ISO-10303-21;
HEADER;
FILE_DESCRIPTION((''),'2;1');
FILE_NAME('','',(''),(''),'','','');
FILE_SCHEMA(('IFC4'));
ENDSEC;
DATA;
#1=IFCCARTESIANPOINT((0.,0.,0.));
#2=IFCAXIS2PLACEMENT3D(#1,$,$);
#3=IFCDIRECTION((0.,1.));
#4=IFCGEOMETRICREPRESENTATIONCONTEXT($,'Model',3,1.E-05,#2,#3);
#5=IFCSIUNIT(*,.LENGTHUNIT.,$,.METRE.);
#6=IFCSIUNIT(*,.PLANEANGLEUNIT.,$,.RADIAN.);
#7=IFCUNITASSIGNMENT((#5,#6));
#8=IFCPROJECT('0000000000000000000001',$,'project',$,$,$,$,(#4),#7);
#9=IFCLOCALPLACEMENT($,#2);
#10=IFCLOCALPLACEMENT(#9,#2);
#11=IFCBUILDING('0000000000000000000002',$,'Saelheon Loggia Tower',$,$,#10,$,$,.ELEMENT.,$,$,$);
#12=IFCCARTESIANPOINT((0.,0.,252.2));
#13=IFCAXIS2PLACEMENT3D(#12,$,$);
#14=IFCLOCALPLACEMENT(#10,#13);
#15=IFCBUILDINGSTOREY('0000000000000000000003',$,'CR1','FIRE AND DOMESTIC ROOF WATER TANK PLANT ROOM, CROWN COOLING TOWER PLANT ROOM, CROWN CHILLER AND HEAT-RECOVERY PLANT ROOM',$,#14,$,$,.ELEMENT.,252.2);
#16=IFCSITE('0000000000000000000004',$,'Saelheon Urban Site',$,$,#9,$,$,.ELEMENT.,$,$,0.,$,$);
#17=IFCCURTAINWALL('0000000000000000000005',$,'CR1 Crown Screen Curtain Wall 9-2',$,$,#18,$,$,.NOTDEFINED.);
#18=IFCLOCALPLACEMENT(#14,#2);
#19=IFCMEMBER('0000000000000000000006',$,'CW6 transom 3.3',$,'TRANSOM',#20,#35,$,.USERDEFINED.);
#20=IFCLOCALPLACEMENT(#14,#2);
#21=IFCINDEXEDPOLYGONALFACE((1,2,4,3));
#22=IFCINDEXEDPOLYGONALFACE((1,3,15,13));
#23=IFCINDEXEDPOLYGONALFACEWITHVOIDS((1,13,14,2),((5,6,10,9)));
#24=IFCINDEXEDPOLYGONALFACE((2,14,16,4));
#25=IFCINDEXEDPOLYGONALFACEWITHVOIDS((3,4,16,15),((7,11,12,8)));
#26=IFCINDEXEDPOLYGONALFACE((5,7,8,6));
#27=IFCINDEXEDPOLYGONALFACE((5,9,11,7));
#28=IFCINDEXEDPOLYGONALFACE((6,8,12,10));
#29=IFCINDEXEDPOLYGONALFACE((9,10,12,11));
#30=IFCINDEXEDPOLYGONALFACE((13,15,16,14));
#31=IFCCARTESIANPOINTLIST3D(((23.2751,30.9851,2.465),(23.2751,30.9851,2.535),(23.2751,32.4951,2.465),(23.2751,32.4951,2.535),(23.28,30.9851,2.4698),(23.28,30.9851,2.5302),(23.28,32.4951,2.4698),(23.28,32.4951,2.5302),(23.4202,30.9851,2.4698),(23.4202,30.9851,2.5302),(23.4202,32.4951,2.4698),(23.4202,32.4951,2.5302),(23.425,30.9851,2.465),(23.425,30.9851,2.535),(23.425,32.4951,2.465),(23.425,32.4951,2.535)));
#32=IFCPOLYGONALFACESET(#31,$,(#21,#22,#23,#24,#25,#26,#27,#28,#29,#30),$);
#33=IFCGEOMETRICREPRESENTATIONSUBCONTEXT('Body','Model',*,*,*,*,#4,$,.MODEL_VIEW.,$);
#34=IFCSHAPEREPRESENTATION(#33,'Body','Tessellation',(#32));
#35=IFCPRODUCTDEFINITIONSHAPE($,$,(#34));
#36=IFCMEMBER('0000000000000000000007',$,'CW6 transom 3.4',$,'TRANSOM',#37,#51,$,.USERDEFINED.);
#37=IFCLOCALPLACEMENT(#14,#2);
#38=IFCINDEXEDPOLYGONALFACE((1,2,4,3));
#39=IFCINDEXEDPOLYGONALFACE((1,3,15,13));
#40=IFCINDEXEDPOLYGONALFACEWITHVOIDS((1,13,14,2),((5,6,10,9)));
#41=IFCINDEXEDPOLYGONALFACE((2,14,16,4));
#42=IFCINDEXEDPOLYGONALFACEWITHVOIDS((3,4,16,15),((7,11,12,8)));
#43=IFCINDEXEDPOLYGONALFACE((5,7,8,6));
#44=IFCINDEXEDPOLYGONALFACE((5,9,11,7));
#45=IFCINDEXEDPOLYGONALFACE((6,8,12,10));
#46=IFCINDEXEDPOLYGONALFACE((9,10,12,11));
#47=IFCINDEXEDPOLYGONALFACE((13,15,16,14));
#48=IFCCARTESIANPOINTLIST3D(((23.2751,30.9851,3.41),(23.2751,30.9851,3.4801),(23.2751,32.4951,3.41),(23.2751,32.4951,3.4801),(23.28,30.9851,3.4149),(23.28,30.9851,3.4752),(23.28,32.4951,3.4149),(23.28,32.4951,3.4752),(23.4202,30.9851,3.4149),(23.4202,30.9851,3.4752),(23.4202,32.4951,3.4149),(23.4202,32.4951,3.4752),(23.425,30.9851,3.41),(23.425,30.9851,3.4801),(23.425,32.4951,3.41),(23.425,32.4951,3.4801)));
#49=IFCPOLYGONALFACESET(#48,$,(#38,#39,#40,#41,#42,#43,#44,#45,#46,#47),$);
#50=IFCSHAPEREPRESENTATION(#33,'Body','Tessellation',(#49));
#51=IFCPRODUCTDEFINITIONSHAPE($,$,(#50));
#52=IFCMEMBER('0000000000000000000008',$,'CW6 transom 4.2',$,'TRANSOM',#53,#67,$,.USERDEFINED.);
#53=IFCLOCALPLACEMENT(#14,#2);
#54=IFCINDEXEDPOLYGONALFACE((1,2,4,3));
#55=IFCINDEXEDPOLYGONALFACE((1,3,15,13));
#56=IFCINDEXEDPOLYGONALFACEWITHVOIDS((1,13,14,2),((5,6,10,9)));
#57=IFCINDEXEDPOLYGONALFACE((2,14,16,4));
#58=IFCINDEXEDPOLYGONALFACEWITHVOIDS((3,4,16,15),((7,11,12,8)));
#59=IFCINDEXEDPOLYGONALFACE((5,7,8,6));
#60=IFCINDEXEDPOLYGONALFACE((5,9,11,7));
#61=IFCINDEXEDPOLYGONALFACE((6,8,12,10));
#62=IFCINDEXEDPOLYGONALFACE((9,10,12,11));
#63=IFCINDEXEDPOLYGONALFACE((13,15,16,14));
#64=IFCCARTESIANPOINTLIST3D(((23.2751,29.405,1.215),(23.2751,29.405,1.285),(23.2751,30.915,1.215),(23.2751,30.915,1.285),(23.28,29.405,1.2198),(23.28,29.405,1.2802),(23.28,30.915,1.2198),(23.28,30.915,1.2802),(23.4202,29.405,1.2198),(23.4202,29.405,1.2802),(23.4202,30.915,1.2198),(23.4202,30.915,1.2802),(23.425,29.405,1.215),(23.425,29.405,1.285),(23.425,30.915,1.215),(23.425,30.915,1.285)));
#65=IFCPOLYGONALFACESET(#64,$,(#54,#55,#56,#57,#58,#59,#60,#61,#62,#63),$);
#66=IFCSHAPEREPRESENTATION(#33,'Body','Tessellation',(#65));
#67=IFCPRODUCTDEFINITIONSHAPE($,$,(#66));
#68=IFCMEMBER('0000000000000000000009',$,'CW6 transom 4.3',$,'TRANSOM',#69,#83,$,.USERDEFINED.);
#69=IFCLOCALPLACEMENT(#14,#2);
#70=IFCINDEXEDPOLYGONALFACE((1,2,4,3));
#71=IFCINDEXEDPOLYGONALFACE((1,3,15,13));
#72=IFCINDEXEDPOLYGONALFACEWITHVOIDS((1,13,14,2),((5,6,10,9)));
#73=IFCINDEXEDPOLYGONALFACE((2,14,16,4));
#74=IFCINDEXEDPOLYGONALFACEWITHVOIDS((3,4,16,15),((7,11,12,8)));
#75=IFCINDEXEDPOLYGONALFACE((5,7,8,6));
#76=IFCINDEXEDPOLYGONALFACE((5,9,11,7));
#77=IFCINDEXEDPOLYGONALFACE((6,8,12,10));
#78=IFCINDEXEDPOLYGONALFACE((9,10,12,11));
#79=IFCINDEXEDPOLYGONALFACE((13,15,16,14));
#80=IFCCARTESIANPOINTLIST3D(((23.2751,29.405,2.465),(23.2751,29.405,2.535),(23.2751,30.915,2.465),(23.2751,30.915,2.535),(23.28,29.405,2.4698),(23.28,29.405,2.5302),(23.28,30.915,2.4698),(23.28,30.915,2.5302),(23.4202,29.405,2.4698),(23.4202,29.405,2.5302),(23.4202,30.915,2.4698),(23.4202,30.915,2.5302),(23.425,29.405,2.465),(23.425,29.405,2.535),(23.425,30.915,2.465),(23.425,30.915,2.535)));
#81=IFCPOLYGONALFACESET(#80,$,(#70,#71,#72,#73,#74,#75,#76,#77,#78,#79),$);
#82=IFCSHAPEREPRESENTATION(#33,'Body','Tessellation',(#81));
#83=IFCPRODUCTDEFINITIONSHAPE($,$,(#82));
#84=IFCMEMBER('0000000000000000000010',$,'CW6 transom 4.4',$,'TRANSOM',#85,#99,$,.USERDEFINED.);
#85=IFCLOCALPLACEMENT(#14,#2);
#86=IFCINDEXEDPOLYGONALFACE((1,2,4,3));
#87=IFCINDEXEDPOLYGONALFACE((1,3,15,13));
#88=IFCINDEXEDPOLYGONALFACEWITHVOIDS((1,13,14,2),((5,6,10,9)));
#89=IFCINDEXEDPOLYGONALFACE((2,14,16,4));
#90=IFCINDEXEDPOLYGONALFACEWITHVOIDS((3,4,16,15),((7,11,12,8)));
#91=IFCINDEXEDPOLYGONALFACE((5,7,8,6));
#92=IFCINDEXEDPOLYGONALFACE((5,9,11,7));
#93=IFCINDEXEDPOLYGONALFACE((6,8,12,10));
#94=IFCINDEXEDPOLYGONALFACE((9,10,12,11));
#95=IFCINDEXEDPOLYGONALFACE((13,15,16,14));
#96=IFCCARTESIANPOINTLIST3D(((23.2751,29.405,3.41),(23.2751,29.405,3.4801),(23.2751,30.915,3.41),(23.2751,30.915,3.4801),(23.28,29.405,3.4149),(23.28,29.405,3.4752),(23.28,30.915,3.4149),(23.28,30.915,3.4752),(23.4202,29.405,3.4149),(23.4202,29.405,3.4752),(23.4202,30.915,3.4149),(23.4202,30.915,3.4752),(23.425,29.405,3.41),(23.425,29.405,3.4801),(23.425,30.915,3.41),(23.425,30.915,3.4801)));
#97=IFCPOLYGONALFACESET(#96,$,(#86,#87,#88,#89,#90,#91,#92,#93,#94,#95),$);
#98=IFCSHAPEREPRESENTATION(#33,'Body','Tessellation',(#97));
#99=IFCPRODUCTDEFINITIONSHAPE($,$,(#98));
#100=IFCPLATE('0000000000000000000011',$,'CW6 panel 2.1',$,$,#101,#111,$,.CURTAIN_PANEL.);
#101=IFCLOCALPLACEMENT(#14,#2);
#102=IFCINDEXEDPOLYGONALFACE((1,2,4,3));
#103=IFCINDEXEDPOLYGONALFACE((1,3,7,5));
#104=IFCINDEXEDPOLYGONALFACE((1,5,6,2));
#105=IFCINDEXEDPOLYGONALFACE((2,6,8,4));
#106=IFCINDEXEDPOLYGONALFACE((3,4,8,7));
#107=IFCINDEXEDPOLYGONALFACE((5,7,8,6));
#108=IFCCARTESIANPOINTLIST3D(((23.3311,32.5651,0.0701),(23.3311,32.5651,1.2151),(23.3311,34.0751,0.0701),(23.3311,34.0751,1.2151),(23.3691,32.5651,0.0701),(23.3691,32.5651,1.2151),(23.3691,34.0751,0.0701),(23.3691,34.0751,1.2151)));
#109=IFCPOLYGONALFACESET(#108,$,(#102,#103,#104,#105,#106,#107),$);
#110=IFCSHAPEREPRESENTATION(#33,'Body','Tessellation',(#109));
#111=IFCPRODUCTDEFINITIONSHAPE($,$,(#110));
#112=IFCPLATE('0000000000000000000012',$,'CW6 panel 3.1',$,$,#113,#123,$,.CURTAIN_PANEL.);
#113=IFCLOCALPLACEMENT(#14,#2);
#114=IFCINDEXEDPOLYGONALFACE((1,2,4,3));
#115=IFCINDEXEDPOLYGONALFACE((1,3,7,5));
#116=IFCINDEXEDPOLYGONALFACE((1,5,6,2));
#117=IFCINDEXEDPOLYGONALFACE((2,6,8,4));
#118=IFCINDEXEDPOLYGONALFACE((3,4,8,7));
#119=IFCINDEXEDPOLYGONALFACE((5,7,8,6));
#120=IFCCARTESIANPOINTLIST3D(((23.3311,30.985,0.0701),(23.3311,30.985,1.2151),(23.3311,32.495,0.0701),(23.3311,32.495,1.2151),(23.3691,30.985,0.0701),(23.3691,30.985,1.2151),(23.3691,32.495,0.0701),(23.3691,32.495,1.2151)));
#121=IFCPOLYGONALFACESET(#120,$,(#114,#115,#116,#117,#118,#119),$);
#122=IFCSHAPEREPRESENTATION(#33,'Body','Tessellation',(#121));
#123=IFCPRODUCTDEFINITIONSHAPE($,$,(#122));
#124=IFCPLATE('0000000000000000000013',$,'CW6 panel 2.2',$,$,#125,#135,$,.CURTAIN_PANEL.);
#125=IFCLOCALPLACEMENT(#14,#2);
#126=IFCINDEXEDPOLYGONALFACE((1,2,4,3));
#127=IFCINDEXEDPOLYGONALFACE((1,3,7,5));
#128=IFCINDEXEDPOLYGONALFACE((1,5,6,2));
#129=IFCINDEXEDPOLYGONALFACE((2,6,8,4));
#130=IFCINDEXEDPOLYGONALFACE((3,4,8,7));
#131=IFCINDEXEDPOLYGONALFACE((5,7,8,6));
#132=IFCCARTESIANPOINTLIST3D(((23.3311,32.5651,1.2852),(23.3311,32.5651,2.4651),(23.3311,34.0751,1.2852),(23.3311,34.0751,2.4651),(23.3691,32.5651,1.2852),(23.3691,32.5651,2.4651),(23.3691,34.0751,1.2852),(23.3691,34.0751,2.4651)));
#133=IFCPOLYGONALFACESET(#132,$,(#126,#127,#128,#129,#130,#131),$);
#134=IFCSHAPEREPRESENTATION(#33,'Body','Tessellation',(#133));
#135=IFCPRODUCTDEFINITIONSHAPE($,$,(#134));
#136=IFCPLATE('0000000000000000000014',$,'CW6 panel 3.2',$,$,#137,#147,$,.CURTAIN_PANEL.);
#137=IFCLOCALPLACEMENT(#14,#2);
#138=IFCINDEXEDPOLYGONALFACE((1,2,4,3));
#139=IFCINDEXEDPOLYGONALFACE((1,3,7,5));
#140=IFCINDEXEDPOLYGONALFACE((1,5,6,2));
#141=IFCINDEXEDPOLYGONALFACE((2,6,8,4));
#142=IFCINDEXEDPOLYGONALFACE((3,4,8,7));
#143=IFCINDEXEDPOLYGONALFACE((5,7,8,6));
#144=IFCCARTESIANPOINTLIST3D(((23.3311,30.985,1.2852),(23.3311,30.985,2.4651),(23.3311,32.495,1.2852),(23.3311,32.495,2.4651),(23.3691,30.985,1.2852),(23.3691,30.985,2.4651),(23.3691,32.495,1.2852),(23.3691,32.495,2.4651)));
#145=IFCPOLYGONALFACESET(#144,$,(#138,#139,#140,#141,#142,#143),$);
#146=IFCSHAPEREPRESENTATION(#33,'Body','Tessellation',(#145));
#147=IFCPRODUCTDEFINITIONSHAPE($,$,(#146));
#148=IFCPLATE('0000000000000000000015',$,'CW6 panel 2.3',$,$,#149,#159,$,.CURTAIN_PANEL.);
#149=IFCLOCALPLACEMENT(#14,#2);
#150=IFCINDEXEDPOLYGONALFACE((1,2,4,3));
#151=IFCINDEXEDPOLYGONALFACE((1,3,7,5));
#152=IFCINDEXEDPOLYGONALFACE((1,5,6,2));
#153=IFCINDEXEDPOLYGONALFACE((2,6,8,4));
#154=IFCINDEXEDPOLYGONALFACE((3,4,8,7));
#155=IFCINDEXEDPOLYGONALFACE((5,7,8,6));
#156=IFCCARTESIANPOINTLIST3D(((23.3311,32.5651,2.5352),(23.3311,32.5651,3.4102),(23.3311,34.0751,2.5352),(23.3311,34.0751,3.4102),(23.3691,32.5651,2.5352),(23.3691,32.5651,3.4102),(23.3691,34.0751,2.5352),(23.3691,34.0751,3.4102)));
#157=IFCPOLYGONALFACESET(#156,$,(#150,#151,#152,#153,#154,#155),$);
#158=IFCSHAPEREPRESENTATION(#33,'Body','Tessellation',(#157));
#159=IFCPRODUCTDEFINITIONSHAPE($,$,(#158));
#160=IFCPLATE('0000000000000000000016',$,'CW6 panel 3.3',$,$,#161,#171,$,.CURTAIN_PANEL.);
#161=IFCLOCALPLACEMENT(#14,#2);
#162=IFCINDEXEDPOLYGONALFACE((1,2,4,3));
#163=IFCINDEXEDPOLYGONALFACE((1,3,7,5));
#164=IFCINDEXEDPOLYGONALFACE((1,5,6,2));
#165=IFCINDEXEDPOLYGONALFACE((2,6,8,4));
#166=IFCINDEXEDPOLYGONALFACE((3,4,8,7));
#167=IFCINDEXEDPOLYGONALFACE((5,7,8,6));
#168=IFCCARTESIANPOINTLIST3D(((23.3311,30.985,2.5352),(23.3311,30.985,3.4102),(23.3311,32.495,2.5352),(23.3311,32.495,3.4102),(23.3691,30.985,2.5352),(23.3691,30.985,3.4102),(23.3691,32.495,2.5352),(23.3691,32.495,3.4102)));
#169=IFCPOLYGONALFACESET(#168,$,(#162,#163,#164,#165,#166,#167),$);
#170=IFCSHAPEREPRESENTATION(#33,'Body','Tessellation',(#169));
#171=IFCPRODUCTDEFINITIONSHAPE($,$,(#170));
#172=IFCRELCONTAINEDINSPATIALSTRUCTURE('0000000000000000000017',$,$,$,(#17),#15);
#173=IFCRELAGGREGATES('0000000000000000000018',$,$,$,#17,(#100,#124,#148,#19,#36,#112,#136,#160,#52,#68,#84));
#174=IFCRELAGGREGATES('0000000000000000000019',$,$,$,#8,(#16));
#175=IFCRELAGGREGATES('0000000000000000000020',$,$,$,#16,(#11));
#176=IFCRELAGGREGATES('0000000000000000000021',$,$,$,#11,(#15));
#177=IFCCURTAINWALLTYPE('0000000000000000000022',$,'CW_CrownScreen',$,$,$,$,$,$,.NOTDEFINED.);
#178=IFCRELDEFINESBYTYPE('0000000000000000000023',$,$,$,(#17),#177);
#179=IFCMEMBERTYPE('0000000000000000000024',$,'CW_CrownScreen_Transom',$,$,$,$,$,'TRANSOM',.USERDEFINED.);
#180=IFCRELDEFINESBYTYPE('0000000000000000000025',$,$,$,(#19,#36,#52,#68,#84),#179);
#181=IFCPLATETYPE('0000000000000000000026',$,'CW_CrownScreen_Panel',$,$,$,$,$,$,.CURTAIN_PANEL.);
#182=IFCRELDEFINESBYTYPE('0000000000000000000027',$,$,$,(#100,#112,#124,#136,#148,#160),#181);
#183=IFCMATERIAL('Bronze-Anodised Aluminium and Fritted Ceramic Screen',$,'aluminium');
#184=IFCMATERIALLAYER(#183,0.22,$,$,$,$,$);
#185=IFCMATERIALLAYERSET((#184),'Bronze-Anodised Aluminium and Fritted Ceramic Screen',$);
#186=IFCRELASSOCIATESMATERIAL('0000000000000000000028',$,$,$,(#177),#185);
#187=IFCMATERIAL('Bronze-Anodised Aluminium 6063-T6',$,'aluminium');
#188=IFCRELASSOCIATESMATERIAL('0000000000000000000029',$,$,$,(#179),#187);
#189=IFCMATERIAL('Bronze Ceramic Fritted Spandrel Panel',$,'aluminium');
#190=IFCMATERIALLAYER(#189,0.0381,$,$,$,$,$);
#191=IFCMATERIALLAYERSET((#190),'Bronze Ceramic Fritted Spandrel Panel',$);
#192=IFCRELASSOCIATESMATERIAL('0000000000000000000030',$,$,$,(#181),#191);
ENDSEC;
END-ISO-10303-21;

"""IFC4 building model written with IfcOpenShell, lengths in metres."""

from ifc_helpers import new_model, si_unit, direction, frame, origin, origin_2d, place, context, subcontext, project, spatial, rectangle, hollow_rectangle, extrude, source, transform, mapped, material, layer, layer_set, material_profile, profile_set, type_object, element, aggregate, save


model = new_model("IFC4")

# Units and contexts
model_context = context("Model", 3, precision=1e-05, world=origin(), true_north=direction((0.0, 1.0)))
body_context = subcontext(model_context, "Body", "Model", "MODEL_VIEW")
ifc_project = project(units=[si_unit("LENGTHUNIT", "METRE"), si_unit("PLANEANGLEUNIT", "RADIAN")], contexts=[model_context])

# Site, building, storey
site_placement = place(None, origin())
site = spatial("IfcSite", under=ifc_project, at=site_placement, Name="Saelheon Urban Site", CompositionType="ELEMENT", RefElevation=0.0)
building_placement = place(site_placement, origin())
building = spatial("IfcBuilding", under=site, at=building_placement, Name="Saelheon Loggia Tower", CompositionType="ELEMENT")
storey_placement = place(building_placement, frame((0.0, 0.0, 252.2)))
storey = spatial("IfcBuildingStorey", under=building, at=storey_placement, Name="CR1", Description="FIRE AND DOMESTIC ROOF WATER TANK PLANT ROOM, CROWN COOLING TOWER PLANT ROOM, CROWN CHILLER AND HEAT-RECOVERY PLANT ROOM", CompositionType="ELEMENT", Elevation=252.2)

# Curtain wall, members, plates
ifc_material_1 = material(Name="Bronze-Anodised Aluminium and Fritted Ceramic Screen", Category="aluminium")
ifc_layer_1 = layer(ifc_material_1, 0.22)
ifc_layer_set_1 = layer_set([ifc_layer_1], Name="Bronze-Anodised Aluminium and Fritted Ceramic Screen")
curtain_wall_type = type_object("IfcCurtainWallType", Name="CW_CrownScreen", PredefinedType="NOTDEFINED", material=ifc_layer_set_1)
curtain_wall_placement = place(storey_placement, origin())
curtain_wall = element("IfcCurtainWall", 1, at=curtain_wall_placement, inside=storey, type_object=curtain_wall_type, Name="CR1 Crown Screen Curtain Wall 9-2", PredefinedType="NOTDEFINED")
ifc_material_2 = material(Name="Bronze-Anodised Aluminium 6063-T6", Category="aluminium")
ifc_material_profile_1 = material_profile(ifc_material_2, hollow_rectangle(XDim=0.0701, YDim=0.1499, WallThickness=0.0049, at=origin_2d()), Name="RHS-150x70x5")
ifc_profile_set_1 = profile_set([ifc_material_profile_1], Name="Bronze-Anodised Aluminium 6063-T6")
member_type_1 = type_object("IfcMemberType", Name="CW_CrownScreen_Transom", ElementType="TRANSOM", PredefinedType="USERDEFINED", material=ifc_profile_set_1)
shared_shape_1 = source(origin(), body_context, "Body", "SweptSolid", [
    extrude(hollow_rectangle(XDim=0.0701, YDim=0.1499, WallThickness=0.0049, at=origin_2d()), origin(), (0.0, 0.0, 1.0), 1.51),
])
member_1_placement = place(storey_placement, frame((23.3501, 32.4951, 2.5), z_axis=(0.0, -1.0, 0.0), x_axis=(0.0, 0.0, 1.0)))
member_1 = element("IfcMember", 2, at=member_1_placement, type_object=member_type_1, Name="CW6 transom 3.3", ObjectType="TRANSOM", PredefinedType="USERDEFINED", context=body_context, shape_type="MappedRepresentation", body=[
    mapped(shared_shape_1, transform((0.0, 0.0, 0.0), scale=1.0)),
])
member_2_placement = place(storey_placement, frame((23.3501, 32.4951, 3.4451), z_axis=(0.0, -1.0, 0.0), x_axis=(0.0, 0.0, 1.0)))
member_2 = element("IfcMember", 3, at=member_2_placement, type_object=member_type_1, Name="CW6 transom 3.4", ObjectType="TRANSOM", PredefinedType="USERDEFINED", context=body_context, shape_type="MappedRepresentation", body=[
    mapped(shared_shape_1, transform((0.0, 0.0, 0.0), scale=1.0)),
])
member_3_placement = place(storey_placement, frame((23.3501, 30.915, 1.25), z_axis=(0.0, -1.0, 0.0), x_axis=(0.0, 0.0, 1.0)))
member_3 = element("IfcMember", 4, at=member_3_placement, type_object=member_type_1, Name="CW6 transom 4.2", ObjectType="TRANSOM", PredefinedType="USERDEFINED", context=body_context, shape_type="MappedRepresentation", body=[
    mapped(shared_shape_1, transform((0.0, 0.0, 0.0), scale=1.0)),
])
member_4_placement = place(storey_placement, frame((23.3501, 30.915, 2.5), z_axis=(0.0, -1.0, 0.0), x_axis=(0.0, 0.0, 1.0)))
member_4 = element("IfcMember", 5, at=member_4_placement, type_object=member_type_1, Name="CW6 transom 4.3", ObjectType="TRANSOM", PredefinedType="USERDEFINED", context=body_context, shape_type="MappedRepresentation", body=[
    mapped(shared_shape_1, transform((0.0, 0.0, 0.0), scale=1.0)),
])
member_5_placement = place(storey_placement, frame((23.3501, 30.915, 3.4451), z_axis=(0.0, -1.0, 0.0), x_axis=(0.0, 0.0, 1.0)))
member_5 = element("IfcMember", 6, at=member_5_placement, type_object=member_type_1, Name="CW6 transom 4.4", ObjectType="TRANSOM", PredefinedType="USERDEFINED", context=body_context, shape_type="MappedRepresentation", body=[
    mapped(shared_shape_1, transform((0.0, 0.0, 0.0), scale=1.0)),
])
ifc_material_3 = material(Name="Bronze Ceramic Fritted Spandrel Panel", Category="aluminium")
ifc_layer_2 = layer(ifc_material_3, 0.0381)
ifc_layer_set_2 = layer_set([ifc_layer_2], Name="Bronze Ceramic Fritted Spandrel Panel")
plate_type = type_object("IfcPlateType", Name="CW_CrownScreen_Panel", PredefinedType="CURTAIN_PANEL", material=ifc_layer_set_2)
shared_shape_2 = source(origin(), body_context, "Body", "SweptSolid", [
    extrude(rectangle(XDim=1.51, YDim=0.0381, at=origin_2d()), origin(), (0.0, 0.0, 1.0), 1.145),
])
plate_1_placement = place(storey_placement, frame((23.3501, 33.3201, 0.0701), z_axis=(0.0, 0.0, 1.0), x_axis=(0.0, -1.0, 0.0)))
plate_1 = element("IfcPlate", 7, at=plate_1_placement, type_object=plate_type, Name="CW6 panel 2.1", PredefinedType="CURTAIN_PANEL", context=body_context, shape_type="MappedRepresentation", body=[
    mapped(shared_shape_2, transform((0.0, 0.0, 0.0), scale=1.0)),
])
plate_2_placement = place(storey_placement, frame((23.3501, 31.74, 0.0701), z_axis=(0.0, 0.0, 1.0), x_axis=(0.0, -1.0, 0.0)))
plate_2 = element("IfcPlate", 8, at=plate_2_placement, type_object=plate_type, Name="CW6 panel 3.1", PredefinedType="CURTAIN_PANEL", context=body_context, shape_type="MappedRepresentation", body=[
    mapped(shared_shape_2, transform((0.0, 0.0, 0.0), scale=1.0)),
])
shared_shape_3 = source(origin(), body_context, "Body", "SweptSolid", [
    extrude(rectangle(XDim=1.51, YDim=0.0381, at=origin_2d()), origin(), (0.0, 0.0, 1.0), 1.1799),
])
plate_3_placement = place(storey_placement, frame((23.3501, 33.3201, 1.2852), z_axis=(0.0, 0.0, 1.0), x_axis=(0.0, -1.0, 0.0)))
plate_3 = element("IfcPlate", 9, at=plate_3_placement, type_object=plate_type, Name="CW6 panel 2.2", PredefinedType="CURTAIN_PANEL", context=body_context, shape_type="MappedRepresentation", body=[
    mapped(shared_shape_3, transform((0.0, 0.0, 0.0), scale=1.0)),
])
plate_4_placement = place(storey_placement, frame((23.3501, 31.74, 1.2852), z_axis=(0.0, 0.0, 1.0), x_axis=(0.0, -1.0, 0.0)))
plate_4 = element("IfcPlate", 10, at=plate_4_placement, type_object=plate_type, Name="CW6 panel 3.2", PredefinedType="CURTAIN_PANEL", context=body_context, shape_type="MappedRepresentation", body=[
    mapped(shared_shape_3, transform((0.0, 0.0, 0.0), scale=1.0)),
])
shared_shape_4 = source(origin(), body_context, "Body", "SweptSolid", [
    extrude(rectangle(XDim=1.51, YDim=0.0381, at=origin_2d()), origin(), (0.0, 0.0, 1.0), 0.875),
])
plate_5_placement = place(storey_placement, frame((23.3501, 33.3201, 2.5352), z_axis=(0.0, 0.0, 1.0), x_axis=(0.0, -1.0, 0.0)))
plate_5 = element("IfcPlate", 11, at=plate_5_placement, type_object=plate_type, Name="CW6 panel 2.3", PredefinedType="CURTAIN_PANEL", context=body_context, shape_type="MappedRepresentation", body=[
    mapped(shared_shape_4, transform((0.0, 0.0, 0.0), scale=1.0)),
])
plate_6_placement = place(storey_placement, frame((23.3501, 31.74, 2.5352), z_axis=(0.0, 0.0, 1.0), x_axis=(0.0, -1.0, 0.0)))
plate_6 = element("IfcPlate", 12, at=plate_6_placement, type_object=plate_type, Name="CW6 panel 3.3", PredefinedType="CURTAIN_PANEL", context=body_context, shape_type="MappedRepresentation", body=[
    mapped(shared_shape_4, transform((0.0, 0.0, 0.0), scale=1.0)),
])
aggregate(curtain_wall, [plate_1, plate_3, plate_5, member_1, member_2, plate_2, plate_4, plate_6, member_3, member_4, member_5])

save(model, "model.ifc")
